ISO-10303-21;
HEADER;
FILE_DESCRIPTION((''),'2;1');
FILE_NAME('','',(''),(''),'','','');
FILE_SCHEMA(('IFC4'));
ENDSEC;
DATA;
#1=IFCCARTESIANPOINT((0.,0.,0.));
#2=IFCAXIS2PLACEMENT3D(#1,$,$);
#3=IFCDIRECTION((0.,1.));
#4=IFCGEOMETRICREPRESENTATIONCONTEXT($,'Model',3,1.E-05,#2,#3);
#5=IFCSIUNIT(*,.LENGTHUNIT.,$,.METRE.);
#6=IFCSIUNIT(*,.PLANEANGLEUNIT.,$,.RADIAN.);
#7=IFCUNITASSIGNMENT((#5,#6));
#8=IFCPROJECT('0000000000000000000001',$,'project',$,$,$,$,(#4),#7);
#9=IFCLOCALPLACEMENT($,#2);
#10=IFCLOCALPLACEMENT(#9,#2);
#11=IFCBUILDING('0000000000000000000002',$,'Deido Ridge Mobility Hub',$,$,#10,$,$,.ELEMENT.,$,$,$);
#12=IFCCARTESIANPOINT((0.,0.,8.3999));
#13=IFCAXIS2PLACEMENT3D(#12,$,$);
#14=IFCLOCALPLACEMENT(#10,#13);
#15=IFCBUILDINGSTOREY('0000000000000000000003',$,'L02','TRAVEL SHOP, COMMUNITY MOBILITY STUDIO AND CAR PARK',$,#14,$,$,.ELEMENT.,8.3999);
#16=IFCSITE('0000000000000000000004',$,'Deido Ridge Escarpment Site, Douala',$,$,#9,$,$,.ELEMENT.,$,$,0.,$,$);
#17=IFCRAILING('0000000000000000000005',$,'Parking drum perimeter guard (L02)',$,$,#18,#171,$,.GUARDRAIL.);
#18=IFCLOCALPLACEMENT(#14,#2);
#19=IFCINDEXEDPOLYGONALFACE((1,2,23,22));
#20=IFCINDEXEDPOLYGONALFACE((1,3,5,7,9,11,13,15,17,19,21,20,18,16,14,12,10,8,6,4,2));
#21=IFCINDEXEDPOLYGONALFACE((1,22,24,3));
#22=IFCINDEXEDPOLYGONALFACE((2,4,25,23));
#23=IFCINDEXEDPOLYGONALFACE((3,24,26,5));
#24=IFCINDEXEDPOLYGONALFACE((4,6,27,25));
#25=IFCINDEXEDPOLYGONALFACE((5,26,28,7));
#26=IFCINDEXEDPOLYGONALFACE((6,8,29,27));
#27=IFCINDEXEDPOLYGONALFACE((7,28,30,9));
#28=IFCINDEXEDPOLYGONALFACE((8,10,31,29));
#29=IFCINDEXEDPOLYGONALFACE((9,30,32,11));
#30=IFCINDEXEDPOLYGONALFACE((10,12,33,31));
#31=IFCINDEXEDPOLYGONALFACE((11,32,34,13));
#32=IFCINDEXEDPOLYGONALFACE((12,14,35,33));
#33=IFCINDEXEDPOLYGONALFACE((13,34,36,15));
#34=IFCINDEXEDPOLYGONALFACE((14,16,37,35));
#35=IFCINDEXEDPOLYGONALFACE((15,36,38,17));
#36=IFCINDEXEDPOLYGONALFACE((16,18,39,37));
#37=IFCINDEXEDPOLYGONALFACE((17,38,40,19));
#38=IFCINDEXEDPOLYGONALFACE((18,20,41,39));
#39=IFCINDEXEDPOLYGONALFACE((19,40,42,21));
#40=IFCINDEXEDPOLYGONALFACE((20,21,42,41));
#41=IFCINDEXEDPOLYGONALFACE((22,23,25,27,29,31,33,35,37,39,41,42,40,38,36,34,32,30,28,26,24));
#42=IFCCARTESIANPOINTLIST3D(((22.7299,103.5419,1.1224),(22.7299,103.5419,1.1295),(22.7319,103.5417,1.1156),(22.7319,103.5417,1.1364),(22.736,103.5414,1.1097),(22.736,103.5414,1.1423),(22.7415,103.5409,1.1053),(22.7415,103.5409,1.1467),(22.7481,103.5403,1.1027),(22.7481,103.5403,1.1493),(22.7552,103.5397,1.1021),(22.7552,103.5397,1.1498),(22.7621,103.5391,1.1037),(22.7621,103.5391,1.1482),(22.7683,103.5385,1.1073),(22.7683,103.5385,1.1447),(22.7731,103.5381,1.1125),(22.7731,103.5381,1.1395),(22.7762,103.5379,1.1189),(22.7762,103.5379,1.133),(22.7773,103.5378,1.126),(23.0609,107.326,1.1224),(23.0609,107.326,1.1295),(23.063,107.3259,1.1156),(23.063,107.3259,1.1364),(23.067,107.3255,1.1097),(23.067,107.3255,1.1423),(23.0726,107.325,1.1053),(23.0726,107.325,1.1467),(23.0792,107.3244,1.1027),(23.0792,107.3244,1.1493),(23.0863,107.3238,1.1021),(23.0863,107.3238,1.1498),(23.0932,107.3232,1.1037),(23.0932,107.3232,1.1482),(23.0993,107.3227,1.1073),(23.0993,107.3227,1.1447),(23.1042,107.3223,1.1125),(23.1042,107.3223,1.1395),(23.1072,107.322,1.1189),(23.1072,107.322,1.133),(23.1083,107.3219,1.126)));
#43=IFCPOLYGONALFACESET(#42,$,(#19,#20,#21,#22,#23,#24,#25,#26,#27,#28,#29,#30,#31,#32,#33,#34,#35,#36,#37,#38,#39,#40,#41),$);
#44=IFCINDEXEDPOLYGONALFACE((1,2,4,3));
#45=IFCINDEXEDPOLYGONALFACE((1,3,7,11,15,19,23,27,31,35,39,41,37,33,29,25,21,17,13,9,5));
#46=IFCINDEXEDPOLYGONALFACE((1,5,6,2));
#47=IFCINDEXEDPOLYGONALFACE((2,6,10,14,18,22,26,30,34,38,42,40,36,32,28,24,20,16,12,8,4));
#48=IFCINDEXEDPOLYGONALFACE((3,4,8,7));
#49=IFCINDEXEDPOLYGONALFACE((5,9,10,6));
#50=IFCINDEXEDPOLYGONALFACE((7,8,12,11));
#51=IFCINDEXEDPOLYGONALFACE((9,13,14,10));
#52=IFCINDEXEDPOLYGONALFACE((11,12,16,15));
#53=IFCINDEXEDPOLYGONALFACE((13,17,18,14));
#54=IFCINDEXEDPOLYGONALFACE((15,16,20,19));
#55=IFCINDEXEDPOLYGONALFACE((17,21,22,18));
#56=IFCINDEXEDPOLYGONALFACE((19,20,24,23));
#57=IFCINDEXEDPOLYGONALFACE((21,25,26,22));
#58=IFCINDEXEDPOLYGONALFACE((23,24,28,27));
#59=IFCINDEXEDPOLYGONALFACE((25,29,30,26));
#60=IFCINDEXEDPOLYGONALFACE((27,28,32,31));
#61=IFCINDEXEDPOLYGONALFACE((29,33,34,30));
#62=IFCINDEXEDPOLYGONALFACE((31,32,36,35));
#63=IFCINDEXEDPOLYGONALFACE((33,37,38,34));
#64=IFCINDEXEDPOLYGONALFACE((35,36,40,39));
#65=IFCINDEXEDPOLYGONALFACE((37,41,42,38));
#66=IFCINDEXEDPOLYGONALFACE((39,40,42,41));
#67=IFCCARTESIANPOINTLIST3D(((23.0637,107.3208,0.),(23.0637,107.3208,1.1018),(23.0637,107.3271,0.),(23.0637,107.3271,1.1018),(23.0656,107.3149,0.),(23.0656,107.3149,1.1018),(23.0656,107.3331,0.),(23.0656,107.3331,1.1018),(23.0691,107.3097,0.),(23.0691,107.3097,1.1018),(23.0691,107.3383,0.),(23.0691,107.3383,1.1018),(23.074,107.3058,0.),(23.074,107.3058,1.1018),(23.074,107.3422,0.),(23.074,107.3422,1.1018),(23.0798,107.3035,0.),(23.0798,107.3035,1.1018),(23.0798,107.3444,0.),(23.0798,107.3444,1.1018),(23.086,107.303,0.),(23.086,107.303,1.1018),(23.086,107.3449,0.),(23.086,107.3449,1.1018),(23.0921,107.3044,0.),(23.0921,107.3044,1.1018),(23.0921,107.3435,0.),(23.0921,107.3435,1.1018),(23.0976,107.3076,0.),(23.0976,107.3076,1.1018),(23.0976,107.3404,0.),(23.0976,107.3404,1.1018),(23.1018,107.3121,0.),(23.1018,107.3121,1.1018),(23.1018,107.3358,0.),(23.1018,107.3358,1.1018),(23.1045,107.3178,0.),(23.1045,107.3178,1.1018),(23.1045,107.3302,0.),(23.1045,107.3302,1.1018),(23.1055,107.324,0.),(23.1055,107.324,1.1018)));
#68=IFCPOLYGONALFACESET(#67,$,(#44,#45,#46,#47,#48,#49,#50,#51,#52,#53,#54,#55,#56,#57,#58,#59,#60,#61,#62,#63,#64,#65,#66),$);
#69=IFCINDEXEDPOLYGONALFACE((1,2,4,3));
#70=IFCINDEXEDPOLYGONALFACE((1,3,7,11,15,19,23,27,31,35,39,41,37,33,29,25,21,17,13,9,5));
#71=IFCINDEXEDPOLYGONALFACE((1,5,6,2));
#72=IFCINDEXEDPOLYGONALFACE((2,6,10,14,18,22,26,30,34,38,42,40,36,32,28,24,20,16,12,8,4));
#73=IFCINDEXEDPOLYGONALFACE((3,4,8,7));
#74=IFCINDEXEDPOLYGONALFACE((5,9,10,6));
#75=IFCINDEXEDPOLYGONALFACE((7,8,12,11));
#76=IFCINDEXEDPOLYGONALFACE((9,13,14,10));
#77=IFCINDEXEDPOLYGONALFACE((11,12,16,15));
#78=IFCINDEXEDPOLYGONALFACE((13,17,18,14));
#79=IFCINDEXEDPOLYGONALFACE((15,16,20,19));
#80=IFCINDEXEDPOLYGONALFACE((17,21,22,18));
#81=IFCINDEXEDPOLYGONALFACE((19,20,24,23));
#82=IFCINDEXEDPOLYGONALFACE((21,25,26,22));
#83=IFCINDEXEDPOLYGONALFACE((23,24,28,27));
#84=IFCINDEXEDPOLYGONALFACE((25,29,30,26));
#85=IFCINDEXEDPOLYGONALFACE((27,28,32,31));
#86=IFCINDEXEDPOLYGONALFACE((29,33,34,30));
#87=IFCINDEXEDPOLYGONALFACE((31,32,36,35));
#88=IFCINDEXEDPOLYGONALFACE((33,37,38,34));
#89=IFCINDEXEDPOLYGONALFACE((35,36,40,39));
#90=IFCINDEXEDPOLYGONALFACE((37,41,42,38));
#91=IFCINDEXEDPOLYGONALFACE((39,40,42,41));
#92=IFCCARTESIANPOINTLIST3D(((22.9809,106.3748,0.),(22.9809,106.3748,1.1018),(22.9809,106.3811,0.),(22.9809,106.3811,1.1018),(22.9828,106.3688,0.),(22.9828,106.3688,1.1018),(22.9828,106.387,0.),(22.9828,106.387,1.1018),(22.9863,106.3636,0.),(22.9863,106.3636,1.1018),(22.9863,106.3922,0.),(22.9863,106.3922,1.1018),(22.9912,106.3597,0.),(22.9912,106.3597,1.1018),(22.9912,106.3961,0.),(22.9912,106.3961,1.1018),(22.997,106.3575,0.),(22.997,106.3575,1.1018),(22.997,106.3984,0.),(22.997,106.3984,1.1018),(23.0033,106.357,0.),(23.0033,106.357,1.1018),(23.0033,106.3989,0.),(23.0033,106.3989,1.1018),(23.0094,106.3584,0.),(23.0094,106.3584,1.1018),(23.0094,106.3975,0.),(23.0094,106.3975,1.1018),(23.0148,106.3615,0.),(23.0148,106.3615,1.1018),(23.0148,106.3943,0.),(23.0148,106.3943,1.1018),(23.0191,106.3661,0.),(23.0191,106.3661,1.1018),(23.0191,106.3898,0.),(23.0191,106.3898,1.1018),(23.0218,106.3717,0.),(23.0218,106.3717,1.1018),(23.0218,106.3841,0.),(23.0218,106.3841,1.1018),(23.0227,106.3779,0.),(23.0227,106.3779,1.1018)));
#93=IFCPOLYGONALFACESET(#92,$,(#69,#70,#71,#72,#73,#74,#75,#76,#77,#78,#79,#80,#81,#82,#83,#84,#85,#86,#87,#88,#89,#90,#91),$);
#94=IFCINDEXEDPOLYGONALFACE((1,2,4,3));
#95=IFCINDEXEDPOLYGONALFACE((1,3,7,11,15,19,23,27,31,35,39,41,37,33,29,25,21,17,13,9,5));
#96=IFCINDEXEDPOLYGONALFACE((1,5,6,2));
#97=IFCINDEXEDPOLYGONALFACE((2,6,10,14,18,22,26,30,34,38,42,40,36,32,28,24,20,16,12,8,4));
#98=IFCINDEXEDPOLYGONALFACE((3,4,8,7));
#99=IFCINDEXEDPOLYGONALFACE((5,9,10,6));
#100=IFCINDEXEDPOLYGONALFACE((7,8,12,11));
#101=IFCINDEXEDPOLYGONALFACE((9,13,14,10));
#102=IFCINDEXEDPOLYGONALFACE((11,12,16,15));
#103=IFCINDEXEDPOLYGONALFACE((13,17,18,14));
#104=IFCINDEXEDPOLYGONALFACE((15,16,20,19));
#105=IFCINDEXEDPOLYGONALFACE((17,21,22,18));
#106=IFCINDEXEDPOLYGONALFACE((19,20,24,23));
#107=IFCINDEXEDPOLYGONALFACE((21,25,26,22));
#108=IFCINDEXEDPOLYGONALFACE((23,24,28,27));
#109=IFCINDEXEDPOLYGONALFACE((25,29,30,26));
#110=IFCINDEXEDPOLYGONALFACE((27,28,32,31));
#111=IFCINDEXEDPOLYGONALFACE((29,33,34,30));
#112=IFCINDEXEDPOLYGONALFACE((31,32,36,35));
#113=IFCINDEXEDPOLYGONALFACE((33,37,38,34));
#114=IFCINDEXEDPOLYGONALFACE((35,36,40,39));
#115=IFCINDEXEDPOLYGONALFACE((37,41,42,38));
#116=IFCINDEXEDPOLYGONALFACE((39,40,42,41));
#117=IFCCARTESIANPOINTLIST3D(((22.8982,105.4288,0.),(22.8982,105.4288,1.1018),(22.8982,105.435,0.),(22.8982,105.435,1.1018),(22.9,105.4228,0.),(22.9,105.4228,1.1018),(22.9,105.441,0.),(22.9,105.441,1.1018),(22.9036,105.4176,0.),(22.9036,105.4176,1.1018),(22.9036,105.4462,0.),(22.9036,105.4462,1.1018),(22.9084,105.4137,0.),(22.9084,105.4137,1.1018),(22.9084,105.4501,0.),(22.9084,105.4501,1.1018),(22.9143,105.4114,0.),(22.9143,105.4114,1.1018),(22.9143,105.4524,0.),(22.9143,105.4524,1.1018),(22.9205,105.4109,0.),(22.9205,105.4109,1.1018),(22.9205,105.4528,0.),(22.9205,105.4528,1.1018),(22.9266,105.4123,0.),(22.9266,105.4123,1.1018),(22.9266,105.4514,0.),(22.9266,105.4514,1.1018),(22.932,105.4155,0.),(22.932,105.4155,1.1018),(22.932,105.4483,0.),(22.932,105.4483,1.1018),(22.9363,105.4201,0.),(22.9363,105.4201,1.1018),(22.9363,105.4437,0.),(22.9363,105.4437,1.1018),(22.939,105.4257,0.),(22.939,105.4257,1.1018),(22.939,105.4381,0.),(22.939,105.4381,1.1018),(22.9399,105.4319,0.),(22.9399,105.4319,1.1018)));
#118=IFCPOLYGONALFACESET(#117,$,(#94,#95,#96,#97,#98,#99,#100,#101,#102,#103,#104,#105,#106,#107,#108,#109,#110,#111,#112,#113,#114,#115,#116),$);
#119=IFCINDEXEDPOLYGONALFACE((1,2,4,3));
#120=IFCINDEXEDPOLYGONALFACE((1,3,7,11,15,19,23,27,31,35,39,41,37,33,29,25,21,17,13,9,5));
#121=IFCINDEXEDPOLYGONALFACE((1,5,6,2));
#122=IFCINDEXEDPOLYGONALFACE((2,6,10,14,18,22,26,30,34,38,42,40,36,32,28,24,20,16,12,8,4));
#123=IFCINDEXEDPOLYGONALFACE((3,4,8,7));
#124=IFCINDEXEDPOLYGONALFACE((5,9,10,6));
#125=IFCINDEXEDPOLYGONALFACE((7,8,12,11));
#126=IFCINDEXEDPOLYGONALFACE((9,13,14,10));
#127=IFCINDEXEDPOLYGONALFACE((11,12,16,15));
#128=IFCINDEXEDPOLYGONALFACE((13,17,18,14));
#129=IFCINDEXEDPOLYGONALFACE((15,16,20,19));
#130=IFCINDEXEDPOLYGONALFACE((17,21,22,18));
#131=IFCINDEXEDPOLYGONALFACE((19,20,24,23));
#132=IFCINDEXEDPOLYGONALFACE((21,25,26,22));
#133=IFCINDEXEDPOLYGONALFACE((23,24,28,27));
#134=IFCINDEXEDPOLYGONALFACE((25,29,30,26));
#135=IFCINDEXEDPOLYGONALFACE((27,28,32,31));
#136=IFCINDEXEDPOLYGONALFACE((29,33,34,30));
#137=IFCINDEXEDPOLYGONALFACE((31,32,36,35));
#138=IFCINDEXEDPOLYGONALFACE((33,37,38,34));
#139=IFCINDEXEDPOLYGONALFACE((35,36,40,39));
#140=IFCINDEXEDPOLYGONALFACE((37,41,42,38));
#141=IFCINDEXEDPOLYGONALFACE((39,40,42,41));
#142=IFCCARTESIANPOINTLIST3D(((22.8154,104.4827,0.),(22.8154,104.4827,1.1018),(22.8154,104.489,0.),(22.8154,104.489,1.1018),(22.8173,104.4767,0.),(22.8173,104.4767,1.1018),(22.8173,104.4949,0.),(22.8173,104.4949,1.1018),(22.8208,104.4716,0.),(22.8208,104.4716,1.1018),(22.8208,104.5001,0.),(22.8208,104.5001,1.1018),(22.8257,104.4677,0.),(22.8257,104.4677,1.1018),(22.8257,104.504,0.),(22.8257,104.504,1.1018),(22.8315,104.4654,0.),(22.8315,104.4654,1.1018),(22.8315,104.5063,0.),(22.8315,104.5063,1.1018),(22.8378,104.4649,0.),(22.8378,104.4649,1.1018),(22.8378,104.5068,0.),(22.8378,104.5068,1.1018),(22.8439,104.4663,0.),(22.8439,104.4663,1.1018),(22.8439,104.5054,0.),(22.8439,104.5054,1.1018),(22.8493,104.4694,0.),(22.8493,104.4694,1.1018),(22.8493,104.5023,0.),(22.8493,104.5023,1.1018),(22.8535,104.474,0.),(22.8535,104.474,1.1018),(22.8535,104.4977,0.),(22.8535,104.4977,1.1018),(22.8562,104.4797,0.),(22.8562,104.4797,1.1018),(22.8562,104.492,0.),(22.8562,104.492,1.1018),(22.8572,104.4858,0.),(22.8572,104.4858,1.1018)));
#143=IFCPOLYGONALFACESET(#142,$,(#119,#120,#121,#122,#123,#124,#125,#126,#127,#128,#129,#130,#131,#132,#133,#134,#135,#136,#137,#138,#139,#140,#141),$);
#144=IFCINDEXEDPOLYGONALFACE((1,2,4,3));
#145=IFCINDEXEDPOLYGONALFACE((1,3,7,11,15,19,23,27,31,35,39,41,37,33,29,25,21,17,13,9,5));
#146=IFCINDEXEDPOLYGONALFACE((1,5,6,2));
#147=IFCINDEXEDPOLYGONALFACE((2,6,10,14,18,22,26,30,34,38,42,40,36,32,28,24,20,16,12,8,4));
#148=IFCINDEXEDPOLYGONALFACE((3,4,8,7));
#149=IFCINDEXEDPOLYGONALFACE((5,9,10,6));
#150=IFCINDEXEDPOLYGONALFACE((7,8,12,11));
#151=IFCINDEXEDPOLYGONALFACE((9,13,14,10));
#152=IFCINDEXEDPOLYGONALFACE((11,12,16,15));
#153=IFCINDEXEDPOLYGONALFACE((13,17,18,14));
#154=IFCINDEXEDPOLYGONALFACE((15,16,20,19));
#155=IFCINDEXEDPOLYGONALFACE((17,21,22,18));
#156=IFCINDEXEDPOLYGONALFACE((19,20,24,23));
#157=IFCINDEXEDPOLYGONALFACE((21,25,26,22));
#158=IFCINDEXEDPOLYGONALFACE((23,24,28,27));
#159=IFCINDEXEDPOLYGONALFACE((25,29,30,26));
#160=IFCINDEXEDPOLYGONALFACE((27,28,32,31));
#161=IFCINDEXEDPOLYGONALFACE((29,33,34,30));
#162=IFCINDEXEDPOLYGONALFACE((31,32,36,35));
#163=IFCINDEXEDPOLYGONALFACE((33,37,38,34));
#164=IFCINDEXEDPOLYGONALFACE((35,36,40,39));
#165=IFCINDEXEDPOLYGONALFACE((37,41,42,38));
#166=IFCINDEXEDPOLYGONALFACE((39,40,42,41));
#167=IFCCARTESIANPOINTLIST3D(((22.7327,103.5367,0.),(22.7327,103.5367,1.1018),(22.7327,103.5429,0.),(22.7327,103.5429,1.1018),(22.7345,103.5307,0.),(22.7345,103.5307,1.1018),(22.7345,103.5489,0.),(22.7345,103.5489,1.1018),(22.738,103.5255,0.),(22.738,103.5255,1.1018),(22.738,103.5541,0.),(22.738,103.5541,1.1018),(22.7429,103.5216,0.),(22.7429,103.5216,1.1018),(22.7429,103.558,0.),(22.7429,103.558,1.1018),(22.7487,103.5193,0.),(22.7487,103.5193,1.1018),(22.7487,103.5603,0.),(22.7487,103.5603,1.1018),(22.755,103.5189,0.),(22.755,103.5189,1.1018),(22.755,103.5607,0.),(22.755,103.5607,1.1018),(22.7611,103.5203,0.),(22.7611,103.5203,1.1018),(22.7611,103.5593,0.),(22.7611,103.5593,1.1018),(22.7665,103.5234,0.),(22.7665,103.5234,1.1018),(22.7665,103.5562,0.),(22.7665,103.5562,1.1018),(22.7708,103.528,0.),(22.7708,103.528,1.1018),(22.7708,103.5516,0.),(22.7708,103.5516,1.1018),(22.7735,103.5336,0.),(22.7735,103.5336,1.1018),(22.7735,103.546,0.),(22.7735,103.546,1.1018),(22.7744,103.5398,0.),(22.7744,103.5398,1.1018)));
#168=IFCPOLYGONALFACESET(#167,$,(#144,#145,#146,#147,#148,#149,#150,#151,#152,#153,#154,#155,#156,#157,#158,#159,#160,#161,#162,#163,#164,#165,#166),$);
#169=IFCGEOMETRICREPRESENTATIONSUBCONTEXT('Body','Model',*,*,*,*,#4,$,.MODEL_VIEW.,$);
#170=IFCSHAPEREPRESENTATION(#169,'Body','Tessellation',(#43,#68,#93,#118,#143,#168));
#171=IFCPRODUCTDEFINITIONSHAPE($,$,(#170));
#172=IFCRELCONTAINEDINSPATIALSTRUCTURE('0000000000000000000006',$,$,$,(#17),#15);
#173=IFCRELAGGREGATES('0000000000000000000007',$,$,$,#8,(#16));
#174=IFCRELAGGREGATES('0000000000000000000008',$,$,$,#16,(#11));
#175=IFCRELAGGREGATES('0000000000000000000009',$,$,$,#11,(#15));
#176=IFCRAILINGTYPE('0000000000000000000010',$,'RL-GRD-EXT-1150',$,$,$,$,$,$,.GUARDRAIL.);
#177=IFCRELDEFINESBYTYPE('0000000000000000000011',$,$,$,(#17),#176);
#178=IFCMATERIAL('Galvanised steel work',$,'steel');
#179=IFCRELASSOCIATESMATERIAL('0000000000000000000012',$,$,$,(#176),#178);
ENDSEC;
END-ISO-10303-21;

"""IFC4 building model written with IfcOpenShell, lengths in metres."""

from ifc_helpers import new_model, si_unit, direction, frame, origin, origin_2d, place, context, subcontext, project, spatial, circle, extrude, material, type_object, element, save


model = new_model("IFC4")

# Units and contexts
model_context = context("Model", 3, precision=1e-05, world=origin(), true_north=direction((0.0, 1.0)))
body_context = subcontext(model_context, "Body", "Model", "MODEL_VIEW")
ifc_project = project(units=[si_unit("LENGTHUNIT", "METRE"), si_unit("PLANEANGLEUNIT", "RADIAN")], contexts=[model_context])

# Site, building, storey
site_placement = place(None, origin())
site = spatial("IfcSite", under=ifc_project, at=site_placement, Name="Deido Ridge Escarpment Site, Douala", CompositionType="ELEMENT", RefElevation=0.0)
building_placement = place(site_placement, origin())
building = spatial("IfcBuilding", under=site, at=building_placement, Name="Deido Ridge Mobility Hub", CompositionType="ELEMENT")
storey_placement = place(building_placement, frame((0.0, 0.0, 8.3999)))
storey = spatial("IfcBuildingStorey", under=building, at=storey_placement, Name="L02", Description="TRAVEL SHOP, COMMUNITY MOBILITY STUDIO AND CAR PARK", CompositionType="ELEMENT", Elevation=8.3999)

# Railing
ifc_material_1 = material(Name="Galvanised steel work", Category="steel")
railing_type = type_object("IfcRailingType", Name="RL-GRD-EXT-1150", PredefinedType="GUARDRAIL", material=ifc_material_1)
railing_1_placement = place(storey_placement, frame((23.0845, 107.324, 0.0)))
element("IfcRailing", 1, at=railing_1_placement, inside=storey, type_object=railing_type, Name="Parking drum perimeter guard (L02)", PredefinedType="GUARDRAIL", context=body_context, shape_type="SweptSolid", body=[
    extrude(circle(Radius=0.0239, at=origin_2d()), frame((0.0, 0.0, 1.126), z_axis=(-0.087151, -0.996195, 0.0), x_axis=(0.996195, -0.087151, 0.0)), (0.0, 0.0, 1.0), 3.7986),
    extrude(circle(Radius=0.021, at=origin_2d()), origin(), (0.0, 0.0, 1.0), 1.1018),
    extrude(circle(Radius=0.021, at=origin_2d()), frame((-0.0828, -0.946, 0.0)), (0.0, 0.0, 1.0), 1.1018),
    extrude(circle(Radius=0.021, at=origin_2d()), frame((-0.1655, -1.8921, 0.0)), (0.0, 0.0, 1.0), 1.1018),
    extrude(circle(Radius=0.021, at=origin_2d()), frame((-0.2483, -2.8381, 0.0)), (0.0, 0.0, 1.0), 1.1018),
    extrude(circle(Radius=0.021, at=origin_2d()), frame((-0.3311, -3.7842, 0.0)), (0.0, 0.0, 1.0), 1.1018),
])

save(model, "model.ifc")
